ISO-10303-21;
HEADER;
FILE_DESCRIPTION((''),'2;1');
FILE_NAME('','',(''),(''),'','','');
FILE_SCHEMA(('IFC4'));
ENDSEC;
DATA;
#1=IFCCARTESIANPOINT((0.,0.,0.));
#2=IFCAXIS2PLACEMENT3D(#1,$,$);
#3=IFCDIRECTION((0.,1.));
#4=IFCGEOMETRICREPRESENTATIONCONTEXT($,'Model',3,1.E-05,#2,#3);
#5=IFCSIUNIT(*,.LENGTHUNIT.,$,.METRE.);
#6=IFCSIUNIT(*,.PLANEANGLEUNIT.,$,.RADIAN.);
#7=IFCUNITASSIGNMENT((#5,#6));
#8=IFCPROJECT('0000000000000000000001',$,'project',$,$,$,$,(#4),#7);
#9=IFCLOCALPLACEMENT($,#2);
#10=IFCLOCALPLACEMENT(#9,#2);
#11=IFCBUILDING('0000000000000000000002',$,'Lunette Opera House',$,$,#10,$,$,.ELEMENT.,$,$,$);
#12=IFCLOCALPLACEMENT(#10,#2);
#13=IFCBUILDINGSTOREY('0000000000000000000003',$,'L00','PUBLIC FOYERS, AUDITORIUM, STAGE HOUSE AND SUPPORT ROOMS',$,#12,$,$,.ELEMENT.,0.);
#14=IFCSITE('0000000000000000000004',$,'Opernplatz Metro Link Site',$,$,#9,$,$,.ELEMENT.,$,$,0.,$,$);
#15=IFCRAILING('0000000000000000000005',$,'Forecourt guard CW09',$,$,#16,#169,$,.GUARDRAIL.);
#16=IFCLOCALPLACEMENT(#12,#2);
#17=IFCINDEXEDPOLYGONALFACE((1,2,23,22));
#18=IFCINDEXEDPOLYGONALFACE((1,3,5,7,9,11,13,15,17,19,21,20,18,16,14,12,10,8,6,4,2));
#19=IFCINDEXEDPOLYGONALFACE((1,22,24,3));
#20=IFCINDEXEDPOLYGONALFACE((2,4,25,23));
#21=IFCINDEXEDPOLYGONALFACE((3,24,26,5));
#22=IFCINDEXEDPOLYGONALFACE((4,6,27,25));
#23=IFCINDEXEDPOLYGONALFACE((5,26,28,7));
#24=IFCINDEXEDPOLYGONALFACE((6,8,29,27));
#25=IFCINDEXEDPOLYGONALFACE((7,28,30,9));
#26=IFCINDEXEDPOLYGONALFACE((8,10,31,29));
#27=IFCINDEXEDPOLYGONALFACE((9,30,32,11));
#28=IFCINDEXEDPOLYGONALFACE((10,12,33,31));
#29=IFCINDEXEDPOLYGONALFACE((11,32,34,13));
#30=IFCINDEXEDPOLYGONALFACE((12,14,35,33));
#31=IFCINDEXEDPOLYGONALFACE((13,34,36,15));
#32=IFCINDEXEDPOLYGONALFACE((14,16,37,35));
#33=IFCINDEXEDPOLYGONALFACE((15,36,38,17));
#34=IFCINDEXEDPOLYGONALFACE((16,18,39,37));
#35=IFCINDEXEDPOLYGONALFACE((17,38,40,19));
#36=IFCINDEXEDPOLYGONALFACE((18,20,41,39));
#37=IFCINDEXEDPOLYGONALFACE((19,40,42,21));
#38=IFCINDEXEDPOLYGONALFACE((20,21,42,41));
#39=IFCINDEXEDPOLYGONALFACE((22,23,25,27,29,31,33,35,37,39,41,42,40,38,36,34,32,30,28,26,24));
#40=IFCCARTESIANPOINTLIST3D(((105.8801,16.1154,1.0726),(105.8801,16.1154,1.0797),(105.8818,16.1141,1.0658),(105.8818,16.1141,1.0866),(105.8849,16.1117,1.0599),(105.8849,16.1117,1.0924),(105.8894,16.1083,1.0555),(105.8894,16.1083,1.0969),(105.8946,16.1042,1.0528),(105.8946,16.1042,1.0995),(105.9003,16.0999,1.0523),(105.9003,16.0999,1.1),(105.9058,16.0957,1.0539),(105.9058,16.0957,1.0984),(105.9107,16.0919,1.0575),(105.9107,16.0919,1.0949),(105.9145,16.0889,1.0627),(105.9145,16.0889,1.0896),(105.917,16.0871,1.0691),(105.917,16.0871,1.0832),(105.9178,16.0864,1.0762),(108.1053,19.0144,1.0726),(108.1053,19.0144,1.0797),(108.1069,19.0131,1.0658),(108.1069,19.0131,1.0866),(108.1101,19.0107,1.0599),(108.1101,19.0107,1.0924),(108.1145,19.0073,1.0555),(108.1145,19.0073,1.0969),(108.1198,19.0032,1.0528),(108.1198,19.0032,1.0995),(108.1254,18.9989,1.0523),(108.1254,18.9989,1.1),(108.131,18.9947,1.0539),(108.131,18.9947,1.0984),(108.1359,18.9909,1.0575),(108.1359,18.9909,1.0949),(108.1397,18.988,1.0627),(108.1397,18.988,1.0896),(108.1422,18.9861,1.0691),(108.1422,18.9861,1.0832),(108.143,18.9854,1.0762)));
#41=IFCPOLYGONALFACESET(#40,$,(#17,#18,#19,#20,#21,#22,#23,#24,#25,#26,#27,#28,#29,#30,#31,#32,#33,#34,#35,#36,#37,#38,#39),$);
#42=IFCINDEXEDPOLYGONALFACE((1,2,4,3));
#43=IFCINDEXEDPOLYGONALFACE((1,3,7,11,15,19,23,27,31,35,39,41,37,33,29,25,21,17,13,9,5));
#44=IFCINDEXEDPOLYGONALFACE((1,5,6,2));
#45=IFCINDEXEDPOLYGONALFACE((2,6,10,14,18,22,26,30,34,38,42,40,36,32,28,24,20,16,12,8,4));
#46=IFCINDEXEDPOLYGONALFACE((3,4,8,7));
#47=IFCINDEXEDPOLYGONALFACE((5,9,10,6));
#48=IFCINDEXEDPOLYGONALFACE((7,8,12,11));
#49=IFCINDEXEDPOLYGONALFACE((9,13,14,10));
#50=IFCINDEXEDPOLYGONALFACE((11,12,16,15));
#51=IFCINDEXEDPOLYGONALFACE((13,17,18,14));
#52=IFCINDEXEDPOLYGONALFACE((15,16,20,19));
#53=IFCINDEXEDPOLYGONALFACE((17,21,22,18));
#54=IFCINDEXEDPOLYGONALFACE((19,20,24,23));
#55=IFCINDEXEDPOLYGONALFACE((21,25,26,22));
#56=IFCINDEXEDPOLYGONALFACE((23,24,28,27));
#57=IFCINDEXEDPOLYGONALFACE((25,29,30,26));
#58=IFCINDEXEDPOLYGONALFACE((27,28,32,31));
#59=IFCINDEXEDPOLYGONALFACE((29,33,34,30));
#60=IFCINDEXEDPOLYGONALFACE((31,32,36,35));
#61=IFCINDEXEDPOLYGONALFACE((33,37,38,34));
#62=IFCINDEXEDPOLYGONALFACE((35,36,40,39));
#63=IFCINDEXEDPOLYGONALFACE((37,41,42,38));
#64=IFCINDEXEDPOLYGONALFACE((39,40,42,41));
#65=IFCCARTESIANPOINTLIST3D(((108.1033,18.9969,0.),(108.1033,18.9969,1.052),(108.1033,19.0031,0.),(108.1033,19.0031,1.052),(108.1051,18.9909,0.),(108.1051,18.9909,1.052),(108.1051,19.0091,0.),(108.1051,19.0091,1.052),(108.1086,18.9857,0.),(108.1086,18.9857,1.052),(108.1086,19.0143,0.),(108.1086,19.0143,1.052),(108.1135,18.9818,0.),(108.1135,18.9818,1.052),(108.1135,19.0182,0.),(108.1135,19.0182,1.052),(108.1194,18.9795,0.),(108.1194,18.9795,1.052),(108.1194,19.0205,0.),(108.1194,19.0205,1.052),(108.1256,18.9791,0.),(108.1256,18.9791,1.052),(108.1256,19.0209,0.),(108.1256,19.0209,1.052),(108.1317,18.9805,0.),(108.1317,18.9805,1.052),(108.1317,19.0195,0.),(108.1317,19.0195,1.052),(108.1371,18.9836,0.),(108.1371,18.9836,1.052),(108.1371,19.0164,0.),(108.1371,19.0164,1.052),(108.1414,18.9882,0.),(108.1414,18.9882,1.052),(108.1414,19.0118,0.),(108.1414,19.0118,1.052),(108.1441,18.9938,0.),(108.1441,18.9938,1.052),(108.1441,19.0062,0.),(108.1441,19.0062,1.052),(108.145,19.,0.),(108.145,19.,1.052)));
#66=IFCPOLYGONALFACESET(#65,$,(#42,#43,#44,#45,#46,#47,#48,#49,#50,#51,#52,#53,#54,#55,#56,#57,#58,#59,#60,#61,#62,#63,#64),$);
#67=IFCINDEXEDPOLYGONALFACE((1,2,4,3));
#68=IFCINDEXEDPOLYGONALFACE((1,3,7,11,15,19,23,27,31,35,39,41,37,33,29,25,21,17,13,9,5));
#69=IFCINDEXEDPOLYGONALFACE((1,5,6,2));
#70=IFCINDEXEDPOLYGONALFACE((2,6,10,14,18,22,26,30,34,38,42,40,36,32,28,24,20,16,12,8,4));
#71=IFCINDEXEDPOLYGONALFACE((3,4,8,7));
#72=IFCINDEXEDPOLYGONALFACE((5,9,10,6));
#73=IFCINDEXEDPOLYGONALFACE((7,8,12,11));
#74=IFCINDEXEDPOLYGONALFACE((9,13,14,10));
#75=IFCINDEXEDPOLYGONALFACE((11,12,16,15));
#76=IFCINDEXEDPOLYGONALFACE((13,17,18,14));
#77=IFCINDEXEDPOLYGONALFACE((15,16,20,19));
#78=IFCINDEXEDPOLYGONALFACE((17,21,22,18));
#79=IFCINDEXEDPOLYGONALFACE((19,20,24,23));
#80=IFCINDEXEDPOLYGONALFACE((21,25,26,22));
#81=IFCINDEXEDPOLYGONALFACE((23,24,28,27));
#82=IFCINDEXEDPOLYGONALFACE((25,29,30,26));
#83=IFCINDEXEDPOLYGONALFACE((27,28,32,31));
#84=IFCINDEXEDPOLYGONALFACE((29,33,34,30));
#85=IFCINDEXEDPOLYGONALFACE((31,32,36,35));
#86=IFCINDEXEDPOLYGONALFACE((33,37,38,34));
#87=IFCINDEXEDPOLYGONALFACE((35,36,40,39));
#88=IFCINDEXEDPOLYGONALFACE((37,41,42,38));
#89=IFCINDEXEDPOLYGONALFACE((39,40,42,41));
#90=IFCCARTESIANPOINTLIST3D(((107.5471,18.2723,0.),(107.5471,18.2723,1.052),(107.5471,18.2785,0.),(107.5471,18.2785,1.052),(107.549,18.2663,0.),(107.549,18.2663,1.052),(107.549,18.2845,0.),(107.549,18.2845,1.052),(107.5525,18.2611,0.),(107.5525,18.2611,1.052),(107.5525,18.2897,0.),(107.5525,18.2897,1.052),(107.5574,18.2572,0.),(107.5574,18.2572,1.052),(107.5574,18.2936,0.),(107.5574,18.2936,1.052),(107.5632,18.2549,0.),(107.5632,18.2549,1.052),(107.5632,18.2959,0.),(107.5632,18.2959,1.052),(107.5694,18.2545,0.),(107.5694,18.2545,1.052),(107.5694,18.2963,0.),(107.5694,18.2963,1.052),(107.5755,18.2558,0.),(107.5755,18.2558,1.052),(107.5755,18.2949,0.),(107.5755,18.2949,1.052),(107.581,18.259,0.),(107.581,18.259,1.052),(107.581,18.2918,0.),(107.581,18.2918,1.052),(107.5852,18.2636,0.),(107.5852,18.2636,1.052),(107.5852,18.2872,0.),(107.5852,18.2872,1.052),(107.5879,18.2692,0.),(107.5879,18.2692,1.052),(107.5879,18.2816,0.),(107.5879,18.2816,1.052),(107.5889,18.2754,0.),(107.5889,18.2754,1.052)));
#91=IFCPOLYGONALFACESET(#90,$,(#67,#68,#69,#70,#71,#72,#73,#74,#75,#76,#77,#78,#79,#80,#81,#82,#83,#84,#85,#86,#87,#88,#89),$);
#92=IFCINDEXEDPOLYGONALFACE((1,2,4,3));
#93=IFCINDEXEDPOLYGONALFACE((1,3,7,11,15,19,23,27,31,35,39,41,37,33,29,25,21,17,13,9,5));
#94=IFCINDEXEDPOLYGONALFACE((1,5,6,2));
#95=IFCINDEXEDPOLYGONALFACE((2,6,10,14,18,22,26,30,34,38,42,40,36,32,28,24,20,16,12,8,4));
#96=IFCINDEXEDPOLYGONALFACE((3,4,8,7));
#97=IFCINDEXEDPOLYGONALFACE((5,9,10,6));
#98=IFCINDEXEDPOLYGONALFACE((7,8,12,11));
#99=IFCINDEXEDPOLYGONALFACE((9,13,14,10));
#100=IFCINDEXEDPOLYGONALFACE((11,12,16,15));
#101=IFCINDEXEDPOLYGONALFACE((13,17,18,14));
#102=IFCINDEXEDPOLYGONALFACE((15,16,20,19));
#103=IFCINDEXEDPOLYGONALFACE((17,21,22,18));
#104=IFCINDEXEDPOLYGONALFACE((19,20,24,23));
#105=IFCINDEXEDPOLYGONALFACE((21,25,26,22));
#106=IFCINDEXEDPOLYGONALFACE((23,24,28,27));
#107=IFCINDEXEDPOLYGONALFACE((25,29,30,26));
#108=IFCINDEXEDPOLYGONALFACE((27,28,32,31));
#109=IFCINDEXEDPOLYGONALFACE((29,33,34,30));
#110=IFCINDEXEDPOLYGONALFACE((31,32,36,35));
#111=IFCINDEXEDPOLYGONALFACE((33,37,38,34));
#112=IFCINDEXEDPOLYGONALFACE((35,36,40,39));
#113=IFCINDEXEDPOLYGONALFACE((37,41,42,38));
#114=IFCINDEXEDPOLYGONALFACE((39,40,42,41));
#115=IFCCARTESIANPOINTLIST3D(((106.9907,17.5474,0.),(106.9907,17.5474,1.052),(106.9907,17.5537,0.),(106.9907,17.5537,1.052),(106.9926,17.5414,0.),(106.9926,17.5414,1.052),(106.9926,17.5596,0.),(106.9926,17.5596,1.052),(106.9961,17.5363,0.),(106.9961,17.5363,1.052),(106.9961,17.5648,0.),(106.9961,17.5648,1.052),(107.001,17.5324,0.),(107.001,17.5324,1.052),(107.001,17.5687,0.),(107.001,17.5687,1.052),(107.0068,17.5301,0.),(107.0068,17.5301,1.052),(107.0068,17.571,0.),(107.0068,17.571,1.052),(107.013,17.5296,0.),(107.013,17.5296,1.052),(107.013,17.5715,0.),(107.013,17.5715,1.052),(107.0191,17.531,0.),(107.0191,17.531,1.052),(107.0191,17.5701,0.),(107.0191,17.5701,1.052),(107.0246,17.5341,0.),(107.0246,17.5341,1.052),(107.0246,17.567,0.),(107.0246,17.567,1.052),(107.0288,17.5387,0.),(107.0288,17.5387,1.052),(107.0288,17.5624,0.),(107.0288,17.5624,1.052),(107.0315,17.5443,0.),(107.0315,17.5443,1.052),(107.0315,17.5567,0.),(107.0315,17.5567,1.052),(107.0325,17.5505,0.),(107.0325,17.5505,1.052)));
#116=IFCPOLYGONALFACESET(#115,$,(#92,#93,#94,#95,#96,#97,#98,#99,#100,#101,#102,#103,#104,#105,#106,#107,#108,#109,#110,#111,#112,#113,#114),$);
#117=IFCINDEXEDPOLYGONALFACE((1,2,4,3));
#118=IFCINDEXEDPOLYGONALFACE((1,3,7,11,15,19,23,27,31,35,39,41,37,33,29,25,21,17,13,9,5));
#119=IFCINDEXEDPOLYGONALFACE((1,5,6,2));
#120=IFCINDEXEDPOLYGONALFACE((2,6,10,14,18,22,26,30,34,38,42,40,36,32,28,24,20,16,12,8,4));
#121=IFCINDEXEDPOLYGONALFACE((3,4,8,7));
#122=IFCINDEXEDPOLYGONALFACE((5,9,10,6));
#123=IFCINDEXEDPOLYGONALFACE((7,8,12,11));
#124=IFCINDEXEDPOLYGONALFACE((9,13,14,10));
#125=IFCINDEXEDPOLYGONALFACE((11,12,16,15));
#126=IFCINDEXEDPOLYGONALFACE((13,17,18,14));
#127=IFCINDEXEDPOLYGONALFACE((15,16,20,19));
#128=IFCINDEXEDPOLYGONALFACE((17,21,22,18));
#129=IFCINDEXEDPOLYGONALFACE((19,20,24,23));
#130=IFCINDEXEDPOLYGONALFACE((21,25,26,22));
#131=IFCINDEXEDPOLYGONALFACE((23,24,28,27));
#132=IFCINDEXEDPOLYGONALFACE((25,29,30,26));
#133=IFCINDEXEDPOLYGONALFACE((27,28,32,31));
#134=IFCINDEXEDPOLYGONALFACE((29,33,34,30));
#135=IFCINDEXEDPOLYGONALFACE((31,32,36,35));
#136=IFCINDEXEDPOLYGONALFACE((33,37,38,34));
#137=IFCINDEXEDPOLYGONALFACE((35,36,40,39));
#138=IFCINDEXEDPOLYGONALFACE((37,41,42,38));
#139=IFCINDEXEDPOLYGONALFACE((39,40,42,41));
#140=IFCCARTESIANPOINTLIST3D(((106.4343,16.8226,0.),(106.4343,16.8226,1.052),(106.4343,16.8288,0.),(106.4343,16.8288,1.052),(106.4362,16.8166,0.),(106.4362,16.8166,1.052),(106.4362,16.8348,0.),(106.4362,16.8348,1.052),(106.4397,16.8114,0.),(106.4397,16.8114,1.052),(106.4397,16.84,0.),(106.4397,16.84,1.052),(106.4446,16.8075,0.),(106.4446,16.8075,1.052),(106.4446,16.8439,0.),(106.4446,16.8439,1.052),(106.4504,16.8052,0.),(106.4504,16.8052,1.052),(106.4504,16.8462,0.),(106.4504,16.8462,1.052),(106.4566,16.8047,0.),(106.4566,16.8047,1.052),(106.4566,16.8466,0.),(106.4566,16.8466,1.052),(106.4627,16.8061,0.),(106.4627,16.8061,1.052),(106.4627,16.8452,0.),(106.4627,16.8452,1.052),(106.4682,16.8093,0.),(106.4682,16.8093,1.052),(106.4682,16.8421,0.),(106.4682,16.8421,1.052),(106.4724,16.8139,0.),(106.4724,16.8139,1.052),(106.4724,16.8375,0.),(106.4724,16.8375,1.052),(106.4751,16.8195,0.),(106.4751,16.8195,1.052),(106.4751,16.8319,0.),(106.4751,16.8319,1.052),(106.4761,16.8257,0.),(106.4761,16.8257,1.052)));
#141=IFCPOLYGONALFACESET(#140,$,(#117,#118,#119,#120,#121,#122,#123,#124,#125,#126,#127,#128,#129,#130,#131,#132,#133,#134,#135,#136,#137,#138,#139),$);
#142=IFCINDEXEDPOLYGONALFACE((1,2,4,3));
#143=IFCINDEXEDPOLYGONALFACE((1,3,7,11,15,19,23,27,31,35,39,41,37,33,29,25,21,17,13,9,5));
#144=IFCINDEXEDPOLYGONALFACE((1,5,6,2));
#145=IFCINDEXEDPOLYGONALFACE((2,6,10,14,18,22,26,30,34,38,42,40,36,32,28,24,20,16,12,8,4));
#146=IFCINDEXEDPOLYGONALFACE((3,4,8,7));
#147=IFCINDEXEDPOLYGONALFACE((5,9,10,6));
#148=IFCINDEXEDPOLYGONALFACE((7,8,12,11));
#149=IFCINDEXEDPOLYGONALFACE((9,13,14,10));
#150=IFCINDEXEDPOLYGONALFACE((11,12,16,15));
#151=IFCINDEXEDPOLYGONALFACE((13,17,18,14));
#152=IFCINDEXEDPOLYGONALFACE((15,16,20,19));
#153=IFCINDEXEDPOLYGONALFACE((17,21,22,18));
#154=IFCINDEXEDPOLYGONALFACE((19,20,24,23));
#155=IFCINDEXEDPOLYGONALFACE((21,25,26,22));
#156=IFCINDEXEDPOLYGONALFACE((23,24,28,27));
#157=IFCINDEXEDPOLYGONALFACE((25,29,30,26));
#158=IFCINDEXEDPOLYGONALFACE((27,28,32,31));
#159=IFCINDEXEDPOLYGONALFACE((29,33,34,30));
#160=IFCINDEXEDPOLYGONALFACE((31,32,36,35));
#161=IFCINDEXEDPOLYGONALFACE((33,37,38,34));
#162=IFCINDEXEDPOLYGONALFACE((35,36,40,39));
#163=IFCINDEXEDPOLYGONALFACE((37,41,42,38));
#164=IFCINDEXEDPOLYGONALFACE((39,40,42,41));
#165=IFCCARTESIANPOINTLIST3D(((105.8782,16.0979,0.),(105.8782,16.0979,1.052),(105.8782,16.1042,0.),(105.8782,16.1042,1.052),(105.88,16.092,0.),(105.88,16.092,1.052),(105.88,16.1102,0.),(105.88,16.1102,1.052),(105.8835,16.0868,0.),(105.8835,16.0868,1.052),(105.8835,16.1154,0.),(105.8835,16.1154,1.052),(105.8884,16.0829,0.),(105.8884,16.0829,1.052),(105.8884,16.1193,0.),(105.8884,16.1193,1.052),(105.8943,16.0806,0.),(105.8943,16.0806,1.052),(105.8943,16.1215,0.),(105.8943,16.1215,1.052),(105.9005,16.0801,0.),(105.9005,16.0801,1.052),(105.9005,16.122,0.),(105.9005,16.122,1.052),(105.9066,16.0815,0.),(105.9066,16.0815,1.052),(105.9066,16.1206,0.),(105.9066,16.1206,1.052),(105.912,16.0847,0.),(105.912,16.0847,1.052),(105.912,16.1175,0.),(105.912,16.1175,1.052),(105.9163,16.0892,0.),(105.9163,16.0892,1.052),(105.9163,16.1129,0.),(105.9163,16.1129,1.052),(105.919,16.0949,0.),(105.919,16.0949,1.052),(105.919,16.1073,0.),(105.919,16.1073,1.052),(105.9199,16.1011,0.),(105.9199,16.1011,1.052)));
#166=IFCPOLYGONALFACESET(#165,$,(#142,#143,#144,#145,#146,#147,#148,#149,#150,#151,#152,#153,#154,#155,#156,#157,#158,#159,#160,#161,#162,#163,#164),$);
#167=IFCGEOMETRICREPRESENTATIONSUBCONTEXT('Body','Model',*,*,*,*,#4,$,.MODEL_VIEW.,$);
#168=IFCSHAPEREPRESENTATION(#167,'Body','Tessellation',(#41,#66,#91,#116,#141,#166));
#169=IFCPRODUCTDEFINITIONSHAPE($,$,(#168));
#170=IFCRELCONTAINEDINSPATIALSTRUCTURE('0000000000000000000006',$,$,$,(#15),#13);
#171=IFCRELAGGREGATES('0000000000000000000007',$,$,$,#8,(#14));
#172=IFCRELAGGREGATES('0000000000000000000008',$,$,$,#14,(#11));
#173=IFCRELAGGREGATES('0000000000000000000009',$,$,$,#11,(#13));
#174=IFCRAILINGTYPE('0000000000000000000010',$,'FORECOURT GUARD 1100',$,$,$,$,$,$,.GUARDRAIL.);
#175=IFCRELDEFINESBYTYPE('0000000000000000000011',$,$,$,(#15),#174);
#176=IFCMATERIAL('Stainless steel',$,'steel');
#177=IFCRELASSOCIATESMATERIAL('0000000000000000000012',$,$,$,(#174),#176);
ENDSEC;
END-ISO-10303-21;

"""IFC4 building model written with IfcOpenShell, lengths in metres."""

from ifc_helpers import new_model, si_unit, direction, frame, origin, origin_2d, place, context, subcontext, project, spatial, circle, extrude, material, type_object, element, save


model = new_model("IFC4")

# Units and contexts
model_context = context("Model", 3, precision=1e-05, world=origin(), true_north=direction((0.0, 1.0)))
body_context = subcontext(model_context, "Body", "Model", "MODEL_VIEW")
ifc_project = project(units=[si_unit("LENGTHUNIT", "METRE"), si_unit("PLANEANGLEUNIT", "RADIAN")], contexts=[model_context])

# Site, building, storey
site_placement = place(None, origin())
site = spatial("IfcSite", under=ifc_project, at=site_placement, Name="Opernplatz Metro Link Site", CompositionType="ELEMENT", RefElevation=0.0)
building_placement = place(site_placement, origin())
building = spatial("IfcBuilding", under=site, at=building_placement, Name="Lunette Opera House", CompositionType="ELEMENT")
storey_placement = place(building_placement, origin())
storey = spatial("IfcBuildingStorey", under=building, at=storey_placement, Name="L00", Description="PUBLIC FOYERS, AUDITORIUM, STAGE HOUSE AND SUPPORT ROOMS", CompositionType="ELEMENT", Elevation=0.0)

# Railing
ifc_material_1 = material(Name="Stainless steel", Category="steel")
railing_type = type_object("IfcRailingType", Name="FORECOURT GUARD 1100", PredefinedType="GUARDRAIL", material=ifc_material_1)
railing_1_placement = place(storey_placement, frame((108.124, 19.0, 0.0)))
element("IfcRailing", 1, at=railing_1_placement, inside=storey, type_object=railing_type, Name="Forecourt guard CW09", PredefinedType="GUARDRAIL", context=body_context, shape_type="SweptSolid", body=[
    extrude(circle(Radius=0.0239, at=origin_2d()), frame((0.0, 0.0, 1.0762), z_axis=(-0.608877, -0.793264, 0.0), x_axis=(0.793264, -0.608877, 0.0)), (0.0, 0.0, 1.0), 3.6545),
    extrude(circle(Radius=0.021, at=origin_2d()), origin(), (0.0, 0.0, 1.0), 1.052),
    extrude(circle(Radius=0.021, at=origin_2d()), frame((-0.5562, -0.7246, 0.0)), (0.0, 0.0, 1.0), 1.052),
    extrude(circle(Radius=0.021, at=origin_2d()), frame((-1.1125, -1.4495, 0.0)), (0.0, 0.0, 1.0), 1.052),
    extrude(circle(Radius=0.021, at=origin_2d()), frame((-1.6689, -2.1743, 0.0)), (0.0, 0.0, 1.0), 1.052),
    extrude(circle(Radius=0.021, at=origin_2d()), frame((-2.2251, -2.8989, 0.0)), (0.0, 0.0, 1.0), 1.052),
])

save(model, "model.ifc")
